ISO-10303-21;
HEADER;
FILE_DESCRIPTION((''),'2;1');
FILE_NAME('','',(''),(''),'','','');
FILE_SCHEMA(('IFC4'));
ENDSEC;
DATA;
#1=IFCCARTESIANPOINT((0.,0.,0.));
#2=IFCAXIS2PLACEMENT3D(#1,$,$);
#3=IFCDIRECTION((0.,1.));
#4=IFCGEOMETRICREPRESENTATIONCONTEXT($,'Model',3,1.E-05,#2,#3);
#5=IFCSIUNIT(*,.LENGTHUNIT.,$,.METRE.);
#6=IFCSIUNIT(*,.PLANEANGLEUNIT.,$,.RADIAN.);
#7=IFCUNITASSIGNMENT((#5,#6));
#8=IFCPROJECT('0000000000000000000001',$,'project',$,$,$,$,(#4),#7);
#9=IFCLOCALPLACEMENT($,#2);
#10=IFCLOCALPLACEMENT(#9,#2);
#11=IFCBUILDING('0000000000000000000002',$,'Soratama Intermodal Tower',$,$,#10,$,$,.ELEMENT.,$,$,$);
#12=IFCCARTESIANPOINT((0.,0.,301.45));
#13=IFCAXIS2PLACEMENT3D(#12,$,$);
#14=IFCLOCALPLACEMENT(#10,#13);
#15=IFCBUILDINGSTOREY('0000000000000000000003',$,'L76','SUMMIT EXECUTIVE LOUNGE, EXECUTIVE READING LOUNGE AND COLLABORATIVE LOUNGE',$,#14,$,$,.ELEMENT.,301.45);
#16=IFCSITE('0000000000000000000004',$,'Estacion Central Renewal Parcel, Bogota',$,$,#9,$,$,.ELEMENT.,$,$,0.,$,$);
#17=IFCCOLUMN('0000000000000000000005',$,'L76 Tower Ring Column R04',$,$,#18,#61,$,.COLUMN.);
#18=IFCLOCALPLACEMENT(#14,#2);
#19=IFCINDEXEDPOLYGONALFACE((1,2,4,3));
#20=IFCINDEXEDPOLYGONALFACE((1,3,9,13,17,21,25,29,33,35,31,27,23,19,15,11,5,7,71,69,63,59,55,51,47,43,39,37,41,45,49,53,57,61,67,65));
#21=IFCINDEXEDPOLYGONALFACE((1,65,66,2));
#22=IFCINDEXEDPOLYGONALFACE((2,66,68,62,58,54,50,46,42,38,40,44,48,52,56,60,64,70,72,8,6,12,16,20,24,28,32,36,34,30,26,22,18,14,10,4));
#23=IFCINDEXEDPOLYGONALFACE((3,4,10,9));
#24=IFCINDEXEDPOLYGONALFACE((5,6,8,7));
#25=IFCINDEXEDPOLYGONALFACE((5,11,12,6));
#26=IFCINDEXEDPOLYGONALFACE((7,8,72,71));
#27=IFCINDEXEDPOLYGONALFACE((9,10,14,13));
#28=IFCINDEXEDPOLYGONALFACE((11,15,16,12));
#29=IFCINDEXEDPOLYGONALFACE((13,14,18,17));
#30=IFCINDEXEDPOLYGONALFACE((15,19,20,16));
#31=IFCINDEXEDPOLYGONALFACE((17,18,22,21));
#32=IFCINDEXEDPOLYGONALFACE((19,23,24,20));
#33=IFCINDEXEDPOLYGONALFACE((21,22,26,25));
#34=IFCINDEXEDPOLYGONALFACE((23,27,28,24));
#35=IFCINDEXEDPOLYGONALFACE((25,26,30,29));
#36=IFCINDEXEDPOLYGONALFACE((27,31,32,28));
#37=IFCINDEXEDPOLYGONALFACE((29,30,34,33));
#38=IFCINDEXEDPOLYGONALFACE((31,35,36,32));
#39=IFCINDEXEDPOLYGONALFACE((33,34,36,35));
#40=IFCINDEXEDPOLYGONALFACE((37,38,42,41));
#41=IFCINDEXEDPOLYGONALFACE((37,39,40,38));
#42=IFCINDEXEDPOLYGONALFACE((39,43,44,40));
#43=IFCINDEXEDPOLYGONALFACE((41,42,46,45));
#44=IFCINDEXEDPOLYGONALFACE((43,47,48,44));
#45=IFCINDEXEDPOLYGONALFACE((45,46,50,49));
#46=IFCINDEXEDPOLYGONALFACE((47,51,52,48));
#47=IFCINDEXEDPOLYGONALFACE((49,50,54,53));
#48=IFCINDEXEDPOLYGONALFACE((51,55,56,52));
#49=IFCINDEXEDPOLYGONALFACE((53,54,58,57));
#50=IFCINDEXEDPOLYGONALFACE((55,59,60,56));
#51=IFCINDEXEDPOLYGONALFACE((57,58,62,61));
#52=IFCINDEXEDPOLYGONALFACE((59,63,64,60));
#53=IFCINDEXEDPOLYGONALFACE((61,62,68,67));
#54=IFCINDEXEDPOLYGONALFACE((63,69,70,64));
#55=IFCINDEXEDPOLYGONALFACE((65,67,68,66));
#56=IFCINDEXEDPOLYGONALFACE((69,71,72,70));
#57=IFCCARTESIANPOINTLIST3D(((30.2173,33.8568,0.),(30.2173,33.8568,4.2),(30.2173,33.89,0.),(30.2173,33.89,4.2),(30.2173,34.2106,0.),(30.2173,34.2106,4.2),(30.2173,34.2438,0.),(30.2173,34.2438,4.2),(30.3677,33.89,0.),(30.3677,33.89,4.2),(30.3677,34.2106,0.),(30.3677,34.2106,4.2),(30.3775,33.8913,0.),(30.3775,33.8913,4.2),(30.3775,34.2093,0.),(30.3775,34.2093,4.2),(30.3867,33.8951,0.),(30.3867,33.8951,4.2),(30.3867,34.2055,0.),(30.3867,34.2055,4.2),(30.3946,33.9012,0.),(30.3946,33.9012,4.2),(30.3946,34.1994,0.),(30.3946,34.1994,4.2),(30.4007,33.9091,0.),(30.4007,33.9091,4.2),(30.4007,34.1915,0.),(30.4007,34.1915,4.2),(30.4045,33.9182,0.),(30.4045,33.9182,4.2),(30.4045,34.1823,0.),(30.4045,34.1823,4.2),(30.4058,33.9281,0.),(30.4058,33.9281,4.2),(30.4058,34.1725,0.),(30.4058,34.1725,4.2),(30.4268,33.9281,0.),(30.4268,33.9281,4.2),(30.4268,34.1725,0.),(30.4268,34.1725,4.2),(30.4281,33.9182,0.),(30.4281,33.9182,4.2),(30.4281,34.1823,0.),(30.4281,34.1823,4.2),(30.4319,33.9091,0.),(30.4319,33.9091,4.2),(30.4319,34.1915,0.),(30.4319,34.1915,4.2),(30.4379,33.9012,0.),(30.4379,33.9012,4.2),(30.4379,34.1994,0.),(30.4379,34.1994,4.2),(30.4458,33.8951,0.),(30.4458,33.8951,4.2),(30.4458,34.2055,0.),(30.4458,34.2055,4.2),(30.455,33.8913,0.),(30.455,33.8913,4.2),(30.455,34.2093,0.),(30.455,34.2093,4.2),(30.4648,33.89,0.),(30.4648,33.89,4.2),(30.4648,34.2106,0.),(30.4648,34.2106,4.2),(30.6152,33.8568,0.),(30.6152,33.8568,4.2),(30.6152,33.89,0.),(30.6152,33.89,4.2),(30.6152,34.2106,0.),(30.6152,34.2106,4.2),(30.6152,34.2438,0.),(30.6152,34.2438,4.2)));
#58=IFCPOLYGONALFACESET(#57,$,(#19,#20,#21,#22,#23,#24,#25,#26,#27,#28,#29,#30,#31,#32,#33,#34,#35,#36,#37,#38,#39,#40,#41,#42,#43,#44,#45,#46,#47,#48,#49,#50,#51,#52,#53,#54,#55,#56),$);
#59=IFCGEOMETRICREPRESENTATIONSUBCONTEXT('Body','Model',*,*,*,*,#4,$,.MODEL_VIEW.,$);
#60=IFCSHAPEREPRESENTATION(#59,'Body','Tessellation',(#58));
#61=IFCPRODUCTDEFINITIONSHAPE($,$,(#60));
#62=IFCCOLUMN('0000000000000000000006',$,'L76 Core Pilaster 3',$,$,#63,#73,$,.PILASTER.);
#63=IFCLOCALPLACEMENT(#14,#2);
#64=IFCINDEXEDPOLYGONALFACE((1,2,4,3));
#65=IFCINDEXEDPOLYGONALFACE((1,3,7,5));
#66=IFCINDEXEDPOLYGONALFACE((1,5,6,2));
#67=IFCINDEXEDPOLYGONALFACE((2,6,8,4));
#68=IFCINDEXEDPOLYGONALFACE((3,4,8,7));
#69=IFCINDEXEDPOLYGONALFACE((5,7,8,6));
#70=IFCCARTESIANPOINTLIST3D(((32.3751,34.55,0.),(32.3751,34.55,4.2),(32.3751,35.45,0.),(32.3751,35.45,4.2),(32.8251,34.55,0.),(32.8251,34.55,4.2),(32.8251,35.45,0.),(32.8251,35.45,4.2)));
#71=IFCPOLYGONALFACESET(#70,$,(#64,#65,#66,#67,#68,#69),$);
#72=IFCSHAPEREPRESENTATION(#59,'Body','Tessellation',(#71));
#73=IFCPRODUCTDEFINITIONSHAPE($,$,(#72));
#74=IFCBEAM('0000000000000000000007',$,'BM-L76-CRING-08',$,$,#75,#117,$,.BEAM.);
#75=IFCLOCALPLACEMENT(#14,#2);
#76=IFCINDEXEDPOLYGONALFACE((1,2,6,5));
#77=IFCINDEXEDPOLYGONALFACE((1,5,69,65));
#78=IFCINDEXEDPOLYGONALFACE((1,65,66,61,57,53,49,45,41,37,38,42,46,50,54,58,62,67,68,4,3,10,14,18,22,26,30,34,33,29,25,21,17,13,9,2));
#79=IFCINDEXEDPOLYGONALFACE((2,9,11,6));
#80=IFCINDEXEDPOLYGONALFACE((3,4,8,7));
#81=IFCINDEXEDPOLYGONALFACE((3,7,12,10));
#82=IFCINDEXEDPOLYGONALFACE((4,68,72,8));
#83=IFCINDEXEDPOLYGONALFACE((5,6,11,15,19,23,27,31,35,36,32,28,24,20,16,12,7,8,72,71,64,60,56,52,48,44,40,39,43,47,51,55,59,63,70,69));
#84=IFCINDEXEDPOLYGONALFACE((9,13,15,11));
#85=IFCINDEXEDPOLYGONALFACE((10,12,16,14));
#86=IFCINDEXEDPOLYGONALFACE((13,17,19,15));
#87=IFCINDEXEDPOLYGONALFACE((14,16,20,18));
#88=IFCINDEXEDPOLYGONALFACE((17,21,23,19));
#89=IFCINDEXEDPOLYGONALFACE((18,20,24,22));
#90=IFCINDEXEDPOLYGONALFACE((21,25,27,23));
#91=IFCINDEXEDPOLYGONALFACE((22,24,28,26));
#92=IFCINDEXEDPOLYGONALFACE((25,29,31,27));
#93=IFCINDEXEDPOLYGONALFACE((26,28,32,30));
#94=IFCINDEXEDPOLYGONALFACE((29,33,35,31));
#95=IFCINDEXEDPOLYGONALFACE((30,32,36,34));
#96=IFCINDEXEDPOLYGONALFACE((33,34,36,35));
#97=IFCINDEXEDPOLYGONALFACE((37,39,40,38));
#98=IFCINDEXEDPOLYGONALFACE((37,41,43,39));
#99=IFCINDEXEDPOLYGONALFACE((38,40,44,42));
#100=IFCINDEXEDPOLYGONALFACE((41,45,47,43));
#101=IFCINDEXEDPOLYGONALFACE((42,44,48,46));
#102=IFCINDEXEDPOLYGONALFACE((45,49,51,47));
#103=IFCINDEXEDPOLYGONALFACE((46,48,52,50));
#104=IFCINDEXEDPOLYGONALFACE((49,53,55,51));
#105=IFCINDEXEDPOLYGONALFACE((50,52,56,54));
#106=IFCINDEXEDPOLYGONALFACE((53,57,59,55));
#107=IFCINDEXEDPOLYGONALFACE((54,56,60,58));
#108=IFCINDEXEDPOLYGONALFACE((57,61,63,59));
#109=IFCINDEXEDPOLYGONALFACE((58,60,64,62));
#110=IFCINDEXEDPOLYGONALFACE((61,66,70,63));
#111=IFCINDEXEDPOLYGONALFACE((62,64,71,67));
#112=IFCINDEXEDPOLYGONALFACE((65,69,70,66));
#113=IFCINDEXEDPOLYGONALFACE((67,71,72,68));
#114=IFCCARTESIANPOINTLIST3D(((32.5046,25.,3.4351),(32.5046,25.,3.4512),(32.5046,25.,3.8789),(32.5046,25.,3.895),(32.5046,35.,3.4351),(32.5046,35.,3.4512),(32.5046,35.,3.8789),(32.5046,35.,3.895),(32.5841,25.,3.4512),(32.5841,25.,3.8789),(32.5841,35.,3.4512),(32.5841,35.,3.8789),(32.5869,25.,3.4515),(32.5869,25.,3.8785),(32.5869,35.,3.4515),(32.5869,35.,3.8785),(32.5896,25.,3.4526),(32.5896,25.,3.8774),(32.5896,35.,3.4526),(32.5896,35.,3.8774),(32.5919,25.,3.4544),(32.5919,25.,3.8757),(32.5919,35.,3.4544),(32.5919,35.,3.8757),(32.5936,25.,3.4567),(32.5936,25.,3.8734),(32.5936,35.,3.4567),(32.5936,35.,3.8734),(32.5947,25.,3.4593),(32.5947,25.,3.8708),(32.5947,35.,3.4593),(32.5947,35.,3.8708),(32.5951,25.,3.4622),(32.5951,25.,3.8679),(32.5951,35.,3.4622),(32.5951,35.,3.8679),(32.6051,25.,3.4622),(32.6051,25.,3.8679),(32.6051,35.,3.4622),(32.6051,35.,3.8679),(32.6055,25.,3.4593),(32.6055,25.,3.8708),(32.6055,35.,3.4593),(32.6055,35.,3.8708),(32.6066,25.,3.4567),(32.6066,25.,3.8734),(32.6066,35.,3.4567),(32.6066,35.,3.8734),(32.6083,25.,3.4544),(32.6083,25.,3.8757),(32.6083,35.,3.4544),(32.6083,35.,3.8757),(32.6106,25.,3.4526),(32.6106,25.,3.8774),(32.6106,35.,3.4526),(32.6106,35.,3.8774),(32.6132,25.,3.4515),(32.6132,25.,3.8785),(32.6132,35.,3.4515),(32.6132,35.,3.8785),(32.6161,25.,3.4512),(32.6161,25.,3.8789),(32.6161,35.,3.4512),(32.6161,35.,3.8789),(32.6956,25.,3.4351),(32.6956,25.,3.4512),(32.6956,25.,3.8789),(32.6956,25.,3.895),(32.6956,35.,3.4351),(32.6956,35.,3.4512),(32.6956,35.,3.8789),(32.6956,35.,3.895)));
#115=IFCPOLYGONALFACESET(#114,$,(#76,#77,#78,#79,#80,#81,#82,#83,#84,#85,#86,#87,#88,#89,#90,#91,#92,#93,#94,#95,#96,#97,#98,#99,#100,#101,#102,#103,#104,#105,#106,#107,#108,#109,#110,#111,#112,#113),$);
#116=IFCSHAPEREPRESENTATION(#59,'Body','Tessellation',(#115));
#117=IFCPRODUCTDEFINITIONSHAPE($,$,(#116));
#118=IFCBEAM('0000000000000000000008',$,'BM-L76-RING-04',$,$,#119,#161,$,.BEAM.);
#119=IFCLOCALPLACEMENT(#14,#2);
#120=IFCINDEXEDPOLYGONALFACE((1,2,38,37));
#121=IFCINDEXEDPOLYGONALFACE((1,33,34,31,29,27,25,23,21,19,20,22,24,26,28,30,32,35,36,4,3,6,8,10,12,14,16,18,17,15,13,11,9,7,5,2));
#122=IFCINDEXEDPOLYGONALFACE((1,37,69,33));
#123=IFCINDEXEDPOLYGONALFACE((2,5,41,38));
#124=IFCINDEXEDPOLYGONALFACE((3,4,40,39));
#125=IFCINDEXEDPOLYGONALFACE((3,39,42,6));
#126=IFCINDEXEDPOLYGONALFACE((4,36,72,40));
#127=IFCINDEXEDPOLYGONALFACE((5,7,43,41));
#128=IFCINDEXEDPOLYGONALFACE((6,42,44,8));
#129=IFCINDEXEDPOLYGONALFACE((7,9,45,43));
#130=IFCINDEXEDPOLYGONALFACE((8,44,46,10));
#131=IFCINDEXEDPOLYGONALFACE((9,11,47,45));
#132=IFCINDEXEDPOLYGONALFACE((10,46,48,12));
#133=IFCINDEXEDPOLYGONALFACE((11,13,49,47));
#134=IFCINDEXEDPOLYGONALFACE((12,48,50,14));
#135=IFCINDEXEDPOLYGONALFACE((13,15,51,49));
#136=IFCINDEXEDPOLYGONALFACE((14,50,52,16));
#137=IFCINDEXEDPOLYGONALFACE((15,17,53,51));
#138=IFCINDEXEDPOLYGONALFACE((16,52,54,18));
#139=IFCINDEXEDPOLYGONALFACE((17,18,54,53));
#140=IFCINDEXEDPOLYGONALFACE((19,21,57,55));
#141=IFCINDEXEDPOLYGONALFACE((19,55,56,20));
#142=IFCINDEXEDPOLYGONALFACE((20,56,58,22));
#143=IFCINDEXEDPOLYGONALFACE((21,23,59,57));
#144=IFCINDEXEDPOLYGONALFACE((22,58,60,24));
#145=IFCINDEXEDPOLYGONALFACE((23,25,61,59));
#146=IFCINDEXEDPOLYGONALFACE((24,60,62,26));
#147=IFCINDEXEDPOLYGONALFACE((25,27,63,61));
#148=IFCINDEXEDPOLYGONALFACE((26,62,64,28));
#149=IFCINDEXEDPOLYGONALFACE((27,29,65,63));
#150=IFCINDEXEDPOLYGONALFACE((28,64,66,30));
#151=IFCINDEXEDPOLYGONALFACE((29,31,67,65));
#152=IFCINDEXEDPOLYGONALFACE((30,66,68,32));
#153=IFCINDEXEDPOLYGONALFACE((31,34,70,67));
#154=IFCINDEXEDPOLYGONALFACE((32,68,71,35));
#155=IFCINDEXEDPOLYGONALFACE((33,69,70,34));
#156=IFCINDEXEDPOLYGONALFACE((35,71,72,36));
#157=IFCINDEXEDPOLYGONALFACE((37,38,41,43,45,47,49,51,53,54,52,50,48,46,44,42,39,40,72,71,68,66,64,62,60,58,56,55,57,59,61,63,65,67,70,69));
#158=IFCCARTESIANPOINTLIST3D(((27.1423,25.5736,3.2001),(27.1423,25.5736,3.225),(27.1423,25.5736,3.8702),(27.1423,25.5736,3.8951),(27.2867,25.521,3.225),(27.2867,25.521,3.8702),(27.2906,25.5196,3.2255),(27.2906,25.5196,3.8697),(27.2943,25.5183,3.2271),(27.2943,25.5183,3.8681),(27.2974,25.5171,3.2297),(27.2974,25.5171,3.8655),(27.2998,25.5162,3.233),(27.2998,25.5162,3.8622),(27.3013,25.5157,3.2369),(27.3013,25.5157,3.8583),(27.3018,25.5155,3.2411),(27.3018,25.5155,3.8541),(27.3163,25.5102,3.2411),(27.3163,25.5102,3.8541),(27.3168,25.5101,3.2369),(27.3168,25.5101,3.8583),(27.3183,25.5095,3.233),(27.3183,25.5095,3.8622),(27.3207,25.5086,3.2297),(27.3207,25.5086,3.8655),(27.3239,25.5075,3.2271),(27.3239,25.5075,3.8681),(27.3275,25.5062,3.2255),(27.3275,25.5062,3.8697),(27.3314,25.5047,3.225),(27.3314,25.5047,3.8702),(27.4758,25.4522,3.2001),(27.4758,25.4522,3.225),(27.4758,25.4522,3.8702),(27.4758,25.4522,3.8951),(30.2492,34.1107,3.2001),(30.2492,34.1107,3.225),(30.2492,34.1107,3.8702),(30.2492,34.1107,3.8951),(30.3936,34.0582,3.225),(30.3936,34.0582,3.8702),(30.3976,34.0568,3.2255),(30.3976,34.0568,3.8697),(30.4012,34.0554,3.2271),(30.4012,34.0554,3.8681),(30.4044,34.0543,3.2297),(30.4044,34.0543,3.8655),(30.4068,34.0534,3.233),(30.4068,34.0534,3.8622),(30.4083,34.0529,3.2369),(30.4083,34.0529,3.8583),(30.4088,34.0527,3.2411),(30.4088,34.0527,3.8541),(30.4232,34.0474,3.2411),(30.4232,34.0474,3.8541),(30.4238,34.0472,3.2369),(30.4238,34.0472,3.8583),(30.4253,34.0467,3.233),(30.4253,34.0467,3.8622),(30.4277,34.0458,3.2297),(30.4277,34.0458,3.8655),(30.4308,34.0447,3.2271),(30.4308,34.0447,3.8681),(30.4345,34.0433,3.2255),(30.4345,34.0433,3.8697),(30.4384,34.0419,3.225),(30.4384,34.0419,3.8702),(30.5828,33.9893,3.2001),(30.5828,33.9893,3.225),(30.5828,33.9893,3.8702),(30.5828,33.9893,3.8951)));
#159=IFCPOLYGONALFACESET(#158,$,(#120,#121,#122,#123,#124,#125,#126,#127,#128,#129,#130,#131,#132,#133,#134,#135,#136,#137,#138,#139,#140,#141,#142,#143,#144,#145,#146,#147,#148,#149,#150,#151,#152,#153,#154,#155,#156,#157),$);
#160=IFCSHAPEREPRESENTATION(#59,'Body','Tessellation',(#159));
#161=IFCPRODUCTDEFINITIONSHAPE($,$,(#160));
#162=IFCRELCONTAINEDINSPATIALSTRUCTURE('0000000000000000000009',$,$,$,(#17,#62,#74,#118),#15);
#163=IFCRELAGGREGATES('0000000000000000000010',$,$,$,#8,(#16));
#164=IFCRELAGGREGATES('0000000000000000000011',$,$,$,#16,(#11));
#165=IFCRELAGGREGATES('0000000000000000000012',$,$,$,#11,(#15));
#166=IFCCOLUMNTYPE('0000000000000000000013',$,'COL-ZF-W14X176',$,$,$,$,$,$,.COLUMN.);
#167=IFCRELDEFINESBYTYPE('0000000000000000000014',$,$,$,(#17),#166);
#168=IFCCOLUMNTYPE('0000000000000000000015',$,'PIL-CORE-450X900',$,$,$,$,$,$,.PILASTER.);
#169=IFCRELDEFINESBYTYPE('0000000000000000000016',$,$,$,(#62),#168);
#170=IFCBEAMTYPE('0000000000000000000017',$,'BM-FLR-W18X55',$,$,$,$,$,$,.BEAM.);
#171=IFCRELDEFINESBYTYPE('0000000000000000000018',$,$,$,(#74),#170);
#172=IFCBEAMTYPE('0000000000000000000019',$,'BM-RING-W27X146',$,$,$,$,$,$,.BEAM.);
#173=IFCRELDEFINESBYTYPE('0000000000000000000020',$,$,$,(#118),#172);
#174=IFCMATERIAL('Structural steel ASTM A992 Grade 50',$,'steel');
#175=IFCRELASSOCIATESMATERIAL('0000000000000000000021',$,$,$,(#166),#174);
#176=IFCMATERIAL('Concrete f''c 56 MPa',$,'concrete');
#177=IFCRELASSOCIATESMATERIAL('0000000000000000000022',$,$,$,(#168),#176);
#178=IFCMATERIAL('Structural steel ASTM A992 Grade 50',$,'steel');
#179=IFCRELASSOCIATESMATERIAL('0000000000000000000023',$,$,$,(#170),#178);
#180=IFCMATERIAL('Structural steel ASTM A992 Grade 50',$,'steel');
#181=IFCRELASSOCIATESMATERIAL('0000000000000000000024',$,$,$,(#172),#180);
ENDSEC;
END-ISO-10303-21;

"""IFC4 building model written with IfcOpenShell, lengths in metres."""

from ifc_helpers import new_model, si_unit, direction, frame, origin, origin_2d, place, context, subcontext, project, spatial, rectangle, i_section, extrude, material, material_profile, profile_set, type_object, element, save


model = new_model("IFC4")

# Units and contexts
model_context = context("Model", 3, precision=1e-05, world=origin(), true_north=direction((0.0, 1.0)))
body_context = subcontext(model_context, "Body", "Model", "MODEL_VIEW")
ifc_project = project(units=[si_unit("LENGTHUNIT", "METRE"), si_unit("PLANEANGLEUNIT", "RADIAN")], contexts=[model_context])

# Site, building, storey
site_placement = place(None, origin())
site = spatial("IfcSite", under=ifc_project, at=site_placement, Name="Estacion Central Renewal Parcel, Bogota", CompositionType="ELEMENT", RefElevation=0.0)
building_placement = place(site_placement, origin())
building = spatial("IfcBuilding", under=site, at=building_placement, Name="Soratama Intermodal Tower", CompositionType="ELEMENT")
storey_placement = place(building_placement, frame((0.0, 0.0, 301.45)))
storey = spatial("IfcBuildingStorey", under=building, at=storey_placement, Name="L76", Description="SUMMIT EXECUTIVE LOUNGE, EXECUTIVE READING LOUNGE AND COLLABORATIVE LOUNGE", CompositionType="ELEMENT", Elevation=301.45)

# Columns
ifc_material_1 = material(Name="Structural steel ASTM A992 Grade 50", Category="steel")
ifc_material_profile_1 = material_profile(ifc_material_1, i_section(OverallWidth=0.3979, OverallDepth=0.387, WebThickness=0.021, FlangeThickness=0.0332, FilletRadius=0.0381, at=origin_2d()), Name="W14X176")
ifc_profile_set_1 = profile_set([ifc_material_profile_1], Name="Structural steel ASTM A992 Grade 50")
column_type_1 = type_object("IfcColumnType", Name="COL-ZF-W14X176", PredefinedType="COLUMN", material=ifc_profile_set_1)
column_1_placement = place(storey_placement, frame((30.4163, 34.0503, 0.0), z_axis=(0.0, 0.0, 1.0), x_axis=(1.0, 0.0, 0.0)))
element("IfcColumn", 1, at=column_1_placement, inside=storey, type_object=column_type_1, Name="L76 Tower Ring Column R04", PredefinedType="COLUMN", context=body_context, shape_type="SweptSolid", body=[
    extrude(i_section(OverallWidth=0.3979, OverallDepth=0.387, WebThickness=0.021, FlangeThickness=0.0332, FilletRadius=0.0381, at=origin_2d()), origin(), (0.0, 0.0, 1.0), 4.2),
])
ifc_material_2 = material(Name="Concrete f'c 56 MPa", Category="concrete")
ifc_material_profile_2 = material_profile(ifc_material_2, rectangle(XDim=0.45, YDim=0.8999, at=origin_2d()), Name="RC450X900")
ifc_profile_set_2 = profile_set([ifc_material_profile_2], Name="Concrete f'c 56 MPa")
column_type_2 = type_object("IfcColumnType", Name="PIL-CORE-450X900", PredefinedType="PILASTER", material=ifc_profile_set_2)
column_2_placement = place(storey_placement, frame((32.6001, 35.0, 0.0), z_axis=(0.0, 0.0, 1.0), x_axis=(1.0, 0.0, 0.0)))
element("IfcColumn", 2, at=column_2_placement, inside=storey, type_object=column_type_2, Name="L76 Core Pilaster 3", PredefinedType="PILASTER", context=body_context, shape_type="SweptSolid", body=[
    extrude(rectangle(XDim=0.45, YDim=0.8999, at=origin_2d()), origin(), (0.0, 0.0, 1.0), 4.2),
])

# Beams
ifc_material_3 = material(Name="Structural steel ASTM A992 Grade 50", Category="steel")
ifc_material_profile_3 = material_profile(ifc_material_3, i_section(OverallWidth=0.1909, OverallDepth=0.46, WebThickness=0.01, FlangeThickness=0.0161, FilletRadius=0.011, at=origin_2d()), Name="W18X55")
ifc_profile_set_3 = profile_set([ifc_material_profile_3], Name="Structural steel ASTM A992 Grade 50")
beam_type_1 = type_object("IfcBeamType", Name="BM-FLR-W18X55", PredefinedType="BEAM", material=ifc_profile_set_3)
beam_1_placement = place(storey_placement, frame((32.6001, 35.0, 3.665), z_axis=(0.0, -1.0, 0.0), x_axis=(1.0, 0.0, 0.0)))
element("IfcBeam", 3, at=beam_1_placement, inside=storey, type_object=beam_type_1, Name="BM-L76-CRING-08", PredefinedType="BEAM", context=body_context, shape_type="SweptSolid", body=[
    extrude(i_section(OverallWidth=0.1909, OverallDepth=0.46, WebThickness=0.01, FlangeThickness=0.0161, FilletRadius=0.011, at=origin_2d()), origin(), (0.0, 0.0, 1.0), 10.0),
])
ifc_material_4 = material(Name="Structural steel ASTM A992 Grade 50", Category="steel")
ifc_material_profile_4 = material_profile(ifc_material_4, i_section(OverallWidth=0.355, OverallDepth=0.6951, WebThickness=0.0154, FlangeThickness=0.0249, FilletRadius=0.0161, at=origin_2d()), Name="W27X146")
ifc_profile_set_4 = profile_set([ifc_material_profile_4], Name="Structural steel ASTM A992 Grade 50")
beam_type_2 = type_object("IfcBeamType", Name="BM-RING-W27X146", PredefinedType="BEAM", material=ifc_profile_set_4)
beam_2_placement = place(storey_placement, frame((30.416, 34.05, 3.5476), z_axis=(-0.341989, -0.939704, 0.0), x_axis=(0.939704, -0.341989, 0.0)))
element("IfcBeam", 4, at=beam_2_placement, inside=storey, type_object=beam_type_2, Name="BM-L76-RING-04", PredefinedType="BEAM", context=body_context, shape_type="SweptSolid", body=[
    extrude(i_section(OverallWidth=0.355, OverallDepth=0.6951, WebThickness=0.0154, FlangeThickness=0.0249, FilletRadius=0.0161, at=origin_2d()), origin(), (0.0, 0.0, 1.0), 9.085),
])

save(model, "model.ifc")
